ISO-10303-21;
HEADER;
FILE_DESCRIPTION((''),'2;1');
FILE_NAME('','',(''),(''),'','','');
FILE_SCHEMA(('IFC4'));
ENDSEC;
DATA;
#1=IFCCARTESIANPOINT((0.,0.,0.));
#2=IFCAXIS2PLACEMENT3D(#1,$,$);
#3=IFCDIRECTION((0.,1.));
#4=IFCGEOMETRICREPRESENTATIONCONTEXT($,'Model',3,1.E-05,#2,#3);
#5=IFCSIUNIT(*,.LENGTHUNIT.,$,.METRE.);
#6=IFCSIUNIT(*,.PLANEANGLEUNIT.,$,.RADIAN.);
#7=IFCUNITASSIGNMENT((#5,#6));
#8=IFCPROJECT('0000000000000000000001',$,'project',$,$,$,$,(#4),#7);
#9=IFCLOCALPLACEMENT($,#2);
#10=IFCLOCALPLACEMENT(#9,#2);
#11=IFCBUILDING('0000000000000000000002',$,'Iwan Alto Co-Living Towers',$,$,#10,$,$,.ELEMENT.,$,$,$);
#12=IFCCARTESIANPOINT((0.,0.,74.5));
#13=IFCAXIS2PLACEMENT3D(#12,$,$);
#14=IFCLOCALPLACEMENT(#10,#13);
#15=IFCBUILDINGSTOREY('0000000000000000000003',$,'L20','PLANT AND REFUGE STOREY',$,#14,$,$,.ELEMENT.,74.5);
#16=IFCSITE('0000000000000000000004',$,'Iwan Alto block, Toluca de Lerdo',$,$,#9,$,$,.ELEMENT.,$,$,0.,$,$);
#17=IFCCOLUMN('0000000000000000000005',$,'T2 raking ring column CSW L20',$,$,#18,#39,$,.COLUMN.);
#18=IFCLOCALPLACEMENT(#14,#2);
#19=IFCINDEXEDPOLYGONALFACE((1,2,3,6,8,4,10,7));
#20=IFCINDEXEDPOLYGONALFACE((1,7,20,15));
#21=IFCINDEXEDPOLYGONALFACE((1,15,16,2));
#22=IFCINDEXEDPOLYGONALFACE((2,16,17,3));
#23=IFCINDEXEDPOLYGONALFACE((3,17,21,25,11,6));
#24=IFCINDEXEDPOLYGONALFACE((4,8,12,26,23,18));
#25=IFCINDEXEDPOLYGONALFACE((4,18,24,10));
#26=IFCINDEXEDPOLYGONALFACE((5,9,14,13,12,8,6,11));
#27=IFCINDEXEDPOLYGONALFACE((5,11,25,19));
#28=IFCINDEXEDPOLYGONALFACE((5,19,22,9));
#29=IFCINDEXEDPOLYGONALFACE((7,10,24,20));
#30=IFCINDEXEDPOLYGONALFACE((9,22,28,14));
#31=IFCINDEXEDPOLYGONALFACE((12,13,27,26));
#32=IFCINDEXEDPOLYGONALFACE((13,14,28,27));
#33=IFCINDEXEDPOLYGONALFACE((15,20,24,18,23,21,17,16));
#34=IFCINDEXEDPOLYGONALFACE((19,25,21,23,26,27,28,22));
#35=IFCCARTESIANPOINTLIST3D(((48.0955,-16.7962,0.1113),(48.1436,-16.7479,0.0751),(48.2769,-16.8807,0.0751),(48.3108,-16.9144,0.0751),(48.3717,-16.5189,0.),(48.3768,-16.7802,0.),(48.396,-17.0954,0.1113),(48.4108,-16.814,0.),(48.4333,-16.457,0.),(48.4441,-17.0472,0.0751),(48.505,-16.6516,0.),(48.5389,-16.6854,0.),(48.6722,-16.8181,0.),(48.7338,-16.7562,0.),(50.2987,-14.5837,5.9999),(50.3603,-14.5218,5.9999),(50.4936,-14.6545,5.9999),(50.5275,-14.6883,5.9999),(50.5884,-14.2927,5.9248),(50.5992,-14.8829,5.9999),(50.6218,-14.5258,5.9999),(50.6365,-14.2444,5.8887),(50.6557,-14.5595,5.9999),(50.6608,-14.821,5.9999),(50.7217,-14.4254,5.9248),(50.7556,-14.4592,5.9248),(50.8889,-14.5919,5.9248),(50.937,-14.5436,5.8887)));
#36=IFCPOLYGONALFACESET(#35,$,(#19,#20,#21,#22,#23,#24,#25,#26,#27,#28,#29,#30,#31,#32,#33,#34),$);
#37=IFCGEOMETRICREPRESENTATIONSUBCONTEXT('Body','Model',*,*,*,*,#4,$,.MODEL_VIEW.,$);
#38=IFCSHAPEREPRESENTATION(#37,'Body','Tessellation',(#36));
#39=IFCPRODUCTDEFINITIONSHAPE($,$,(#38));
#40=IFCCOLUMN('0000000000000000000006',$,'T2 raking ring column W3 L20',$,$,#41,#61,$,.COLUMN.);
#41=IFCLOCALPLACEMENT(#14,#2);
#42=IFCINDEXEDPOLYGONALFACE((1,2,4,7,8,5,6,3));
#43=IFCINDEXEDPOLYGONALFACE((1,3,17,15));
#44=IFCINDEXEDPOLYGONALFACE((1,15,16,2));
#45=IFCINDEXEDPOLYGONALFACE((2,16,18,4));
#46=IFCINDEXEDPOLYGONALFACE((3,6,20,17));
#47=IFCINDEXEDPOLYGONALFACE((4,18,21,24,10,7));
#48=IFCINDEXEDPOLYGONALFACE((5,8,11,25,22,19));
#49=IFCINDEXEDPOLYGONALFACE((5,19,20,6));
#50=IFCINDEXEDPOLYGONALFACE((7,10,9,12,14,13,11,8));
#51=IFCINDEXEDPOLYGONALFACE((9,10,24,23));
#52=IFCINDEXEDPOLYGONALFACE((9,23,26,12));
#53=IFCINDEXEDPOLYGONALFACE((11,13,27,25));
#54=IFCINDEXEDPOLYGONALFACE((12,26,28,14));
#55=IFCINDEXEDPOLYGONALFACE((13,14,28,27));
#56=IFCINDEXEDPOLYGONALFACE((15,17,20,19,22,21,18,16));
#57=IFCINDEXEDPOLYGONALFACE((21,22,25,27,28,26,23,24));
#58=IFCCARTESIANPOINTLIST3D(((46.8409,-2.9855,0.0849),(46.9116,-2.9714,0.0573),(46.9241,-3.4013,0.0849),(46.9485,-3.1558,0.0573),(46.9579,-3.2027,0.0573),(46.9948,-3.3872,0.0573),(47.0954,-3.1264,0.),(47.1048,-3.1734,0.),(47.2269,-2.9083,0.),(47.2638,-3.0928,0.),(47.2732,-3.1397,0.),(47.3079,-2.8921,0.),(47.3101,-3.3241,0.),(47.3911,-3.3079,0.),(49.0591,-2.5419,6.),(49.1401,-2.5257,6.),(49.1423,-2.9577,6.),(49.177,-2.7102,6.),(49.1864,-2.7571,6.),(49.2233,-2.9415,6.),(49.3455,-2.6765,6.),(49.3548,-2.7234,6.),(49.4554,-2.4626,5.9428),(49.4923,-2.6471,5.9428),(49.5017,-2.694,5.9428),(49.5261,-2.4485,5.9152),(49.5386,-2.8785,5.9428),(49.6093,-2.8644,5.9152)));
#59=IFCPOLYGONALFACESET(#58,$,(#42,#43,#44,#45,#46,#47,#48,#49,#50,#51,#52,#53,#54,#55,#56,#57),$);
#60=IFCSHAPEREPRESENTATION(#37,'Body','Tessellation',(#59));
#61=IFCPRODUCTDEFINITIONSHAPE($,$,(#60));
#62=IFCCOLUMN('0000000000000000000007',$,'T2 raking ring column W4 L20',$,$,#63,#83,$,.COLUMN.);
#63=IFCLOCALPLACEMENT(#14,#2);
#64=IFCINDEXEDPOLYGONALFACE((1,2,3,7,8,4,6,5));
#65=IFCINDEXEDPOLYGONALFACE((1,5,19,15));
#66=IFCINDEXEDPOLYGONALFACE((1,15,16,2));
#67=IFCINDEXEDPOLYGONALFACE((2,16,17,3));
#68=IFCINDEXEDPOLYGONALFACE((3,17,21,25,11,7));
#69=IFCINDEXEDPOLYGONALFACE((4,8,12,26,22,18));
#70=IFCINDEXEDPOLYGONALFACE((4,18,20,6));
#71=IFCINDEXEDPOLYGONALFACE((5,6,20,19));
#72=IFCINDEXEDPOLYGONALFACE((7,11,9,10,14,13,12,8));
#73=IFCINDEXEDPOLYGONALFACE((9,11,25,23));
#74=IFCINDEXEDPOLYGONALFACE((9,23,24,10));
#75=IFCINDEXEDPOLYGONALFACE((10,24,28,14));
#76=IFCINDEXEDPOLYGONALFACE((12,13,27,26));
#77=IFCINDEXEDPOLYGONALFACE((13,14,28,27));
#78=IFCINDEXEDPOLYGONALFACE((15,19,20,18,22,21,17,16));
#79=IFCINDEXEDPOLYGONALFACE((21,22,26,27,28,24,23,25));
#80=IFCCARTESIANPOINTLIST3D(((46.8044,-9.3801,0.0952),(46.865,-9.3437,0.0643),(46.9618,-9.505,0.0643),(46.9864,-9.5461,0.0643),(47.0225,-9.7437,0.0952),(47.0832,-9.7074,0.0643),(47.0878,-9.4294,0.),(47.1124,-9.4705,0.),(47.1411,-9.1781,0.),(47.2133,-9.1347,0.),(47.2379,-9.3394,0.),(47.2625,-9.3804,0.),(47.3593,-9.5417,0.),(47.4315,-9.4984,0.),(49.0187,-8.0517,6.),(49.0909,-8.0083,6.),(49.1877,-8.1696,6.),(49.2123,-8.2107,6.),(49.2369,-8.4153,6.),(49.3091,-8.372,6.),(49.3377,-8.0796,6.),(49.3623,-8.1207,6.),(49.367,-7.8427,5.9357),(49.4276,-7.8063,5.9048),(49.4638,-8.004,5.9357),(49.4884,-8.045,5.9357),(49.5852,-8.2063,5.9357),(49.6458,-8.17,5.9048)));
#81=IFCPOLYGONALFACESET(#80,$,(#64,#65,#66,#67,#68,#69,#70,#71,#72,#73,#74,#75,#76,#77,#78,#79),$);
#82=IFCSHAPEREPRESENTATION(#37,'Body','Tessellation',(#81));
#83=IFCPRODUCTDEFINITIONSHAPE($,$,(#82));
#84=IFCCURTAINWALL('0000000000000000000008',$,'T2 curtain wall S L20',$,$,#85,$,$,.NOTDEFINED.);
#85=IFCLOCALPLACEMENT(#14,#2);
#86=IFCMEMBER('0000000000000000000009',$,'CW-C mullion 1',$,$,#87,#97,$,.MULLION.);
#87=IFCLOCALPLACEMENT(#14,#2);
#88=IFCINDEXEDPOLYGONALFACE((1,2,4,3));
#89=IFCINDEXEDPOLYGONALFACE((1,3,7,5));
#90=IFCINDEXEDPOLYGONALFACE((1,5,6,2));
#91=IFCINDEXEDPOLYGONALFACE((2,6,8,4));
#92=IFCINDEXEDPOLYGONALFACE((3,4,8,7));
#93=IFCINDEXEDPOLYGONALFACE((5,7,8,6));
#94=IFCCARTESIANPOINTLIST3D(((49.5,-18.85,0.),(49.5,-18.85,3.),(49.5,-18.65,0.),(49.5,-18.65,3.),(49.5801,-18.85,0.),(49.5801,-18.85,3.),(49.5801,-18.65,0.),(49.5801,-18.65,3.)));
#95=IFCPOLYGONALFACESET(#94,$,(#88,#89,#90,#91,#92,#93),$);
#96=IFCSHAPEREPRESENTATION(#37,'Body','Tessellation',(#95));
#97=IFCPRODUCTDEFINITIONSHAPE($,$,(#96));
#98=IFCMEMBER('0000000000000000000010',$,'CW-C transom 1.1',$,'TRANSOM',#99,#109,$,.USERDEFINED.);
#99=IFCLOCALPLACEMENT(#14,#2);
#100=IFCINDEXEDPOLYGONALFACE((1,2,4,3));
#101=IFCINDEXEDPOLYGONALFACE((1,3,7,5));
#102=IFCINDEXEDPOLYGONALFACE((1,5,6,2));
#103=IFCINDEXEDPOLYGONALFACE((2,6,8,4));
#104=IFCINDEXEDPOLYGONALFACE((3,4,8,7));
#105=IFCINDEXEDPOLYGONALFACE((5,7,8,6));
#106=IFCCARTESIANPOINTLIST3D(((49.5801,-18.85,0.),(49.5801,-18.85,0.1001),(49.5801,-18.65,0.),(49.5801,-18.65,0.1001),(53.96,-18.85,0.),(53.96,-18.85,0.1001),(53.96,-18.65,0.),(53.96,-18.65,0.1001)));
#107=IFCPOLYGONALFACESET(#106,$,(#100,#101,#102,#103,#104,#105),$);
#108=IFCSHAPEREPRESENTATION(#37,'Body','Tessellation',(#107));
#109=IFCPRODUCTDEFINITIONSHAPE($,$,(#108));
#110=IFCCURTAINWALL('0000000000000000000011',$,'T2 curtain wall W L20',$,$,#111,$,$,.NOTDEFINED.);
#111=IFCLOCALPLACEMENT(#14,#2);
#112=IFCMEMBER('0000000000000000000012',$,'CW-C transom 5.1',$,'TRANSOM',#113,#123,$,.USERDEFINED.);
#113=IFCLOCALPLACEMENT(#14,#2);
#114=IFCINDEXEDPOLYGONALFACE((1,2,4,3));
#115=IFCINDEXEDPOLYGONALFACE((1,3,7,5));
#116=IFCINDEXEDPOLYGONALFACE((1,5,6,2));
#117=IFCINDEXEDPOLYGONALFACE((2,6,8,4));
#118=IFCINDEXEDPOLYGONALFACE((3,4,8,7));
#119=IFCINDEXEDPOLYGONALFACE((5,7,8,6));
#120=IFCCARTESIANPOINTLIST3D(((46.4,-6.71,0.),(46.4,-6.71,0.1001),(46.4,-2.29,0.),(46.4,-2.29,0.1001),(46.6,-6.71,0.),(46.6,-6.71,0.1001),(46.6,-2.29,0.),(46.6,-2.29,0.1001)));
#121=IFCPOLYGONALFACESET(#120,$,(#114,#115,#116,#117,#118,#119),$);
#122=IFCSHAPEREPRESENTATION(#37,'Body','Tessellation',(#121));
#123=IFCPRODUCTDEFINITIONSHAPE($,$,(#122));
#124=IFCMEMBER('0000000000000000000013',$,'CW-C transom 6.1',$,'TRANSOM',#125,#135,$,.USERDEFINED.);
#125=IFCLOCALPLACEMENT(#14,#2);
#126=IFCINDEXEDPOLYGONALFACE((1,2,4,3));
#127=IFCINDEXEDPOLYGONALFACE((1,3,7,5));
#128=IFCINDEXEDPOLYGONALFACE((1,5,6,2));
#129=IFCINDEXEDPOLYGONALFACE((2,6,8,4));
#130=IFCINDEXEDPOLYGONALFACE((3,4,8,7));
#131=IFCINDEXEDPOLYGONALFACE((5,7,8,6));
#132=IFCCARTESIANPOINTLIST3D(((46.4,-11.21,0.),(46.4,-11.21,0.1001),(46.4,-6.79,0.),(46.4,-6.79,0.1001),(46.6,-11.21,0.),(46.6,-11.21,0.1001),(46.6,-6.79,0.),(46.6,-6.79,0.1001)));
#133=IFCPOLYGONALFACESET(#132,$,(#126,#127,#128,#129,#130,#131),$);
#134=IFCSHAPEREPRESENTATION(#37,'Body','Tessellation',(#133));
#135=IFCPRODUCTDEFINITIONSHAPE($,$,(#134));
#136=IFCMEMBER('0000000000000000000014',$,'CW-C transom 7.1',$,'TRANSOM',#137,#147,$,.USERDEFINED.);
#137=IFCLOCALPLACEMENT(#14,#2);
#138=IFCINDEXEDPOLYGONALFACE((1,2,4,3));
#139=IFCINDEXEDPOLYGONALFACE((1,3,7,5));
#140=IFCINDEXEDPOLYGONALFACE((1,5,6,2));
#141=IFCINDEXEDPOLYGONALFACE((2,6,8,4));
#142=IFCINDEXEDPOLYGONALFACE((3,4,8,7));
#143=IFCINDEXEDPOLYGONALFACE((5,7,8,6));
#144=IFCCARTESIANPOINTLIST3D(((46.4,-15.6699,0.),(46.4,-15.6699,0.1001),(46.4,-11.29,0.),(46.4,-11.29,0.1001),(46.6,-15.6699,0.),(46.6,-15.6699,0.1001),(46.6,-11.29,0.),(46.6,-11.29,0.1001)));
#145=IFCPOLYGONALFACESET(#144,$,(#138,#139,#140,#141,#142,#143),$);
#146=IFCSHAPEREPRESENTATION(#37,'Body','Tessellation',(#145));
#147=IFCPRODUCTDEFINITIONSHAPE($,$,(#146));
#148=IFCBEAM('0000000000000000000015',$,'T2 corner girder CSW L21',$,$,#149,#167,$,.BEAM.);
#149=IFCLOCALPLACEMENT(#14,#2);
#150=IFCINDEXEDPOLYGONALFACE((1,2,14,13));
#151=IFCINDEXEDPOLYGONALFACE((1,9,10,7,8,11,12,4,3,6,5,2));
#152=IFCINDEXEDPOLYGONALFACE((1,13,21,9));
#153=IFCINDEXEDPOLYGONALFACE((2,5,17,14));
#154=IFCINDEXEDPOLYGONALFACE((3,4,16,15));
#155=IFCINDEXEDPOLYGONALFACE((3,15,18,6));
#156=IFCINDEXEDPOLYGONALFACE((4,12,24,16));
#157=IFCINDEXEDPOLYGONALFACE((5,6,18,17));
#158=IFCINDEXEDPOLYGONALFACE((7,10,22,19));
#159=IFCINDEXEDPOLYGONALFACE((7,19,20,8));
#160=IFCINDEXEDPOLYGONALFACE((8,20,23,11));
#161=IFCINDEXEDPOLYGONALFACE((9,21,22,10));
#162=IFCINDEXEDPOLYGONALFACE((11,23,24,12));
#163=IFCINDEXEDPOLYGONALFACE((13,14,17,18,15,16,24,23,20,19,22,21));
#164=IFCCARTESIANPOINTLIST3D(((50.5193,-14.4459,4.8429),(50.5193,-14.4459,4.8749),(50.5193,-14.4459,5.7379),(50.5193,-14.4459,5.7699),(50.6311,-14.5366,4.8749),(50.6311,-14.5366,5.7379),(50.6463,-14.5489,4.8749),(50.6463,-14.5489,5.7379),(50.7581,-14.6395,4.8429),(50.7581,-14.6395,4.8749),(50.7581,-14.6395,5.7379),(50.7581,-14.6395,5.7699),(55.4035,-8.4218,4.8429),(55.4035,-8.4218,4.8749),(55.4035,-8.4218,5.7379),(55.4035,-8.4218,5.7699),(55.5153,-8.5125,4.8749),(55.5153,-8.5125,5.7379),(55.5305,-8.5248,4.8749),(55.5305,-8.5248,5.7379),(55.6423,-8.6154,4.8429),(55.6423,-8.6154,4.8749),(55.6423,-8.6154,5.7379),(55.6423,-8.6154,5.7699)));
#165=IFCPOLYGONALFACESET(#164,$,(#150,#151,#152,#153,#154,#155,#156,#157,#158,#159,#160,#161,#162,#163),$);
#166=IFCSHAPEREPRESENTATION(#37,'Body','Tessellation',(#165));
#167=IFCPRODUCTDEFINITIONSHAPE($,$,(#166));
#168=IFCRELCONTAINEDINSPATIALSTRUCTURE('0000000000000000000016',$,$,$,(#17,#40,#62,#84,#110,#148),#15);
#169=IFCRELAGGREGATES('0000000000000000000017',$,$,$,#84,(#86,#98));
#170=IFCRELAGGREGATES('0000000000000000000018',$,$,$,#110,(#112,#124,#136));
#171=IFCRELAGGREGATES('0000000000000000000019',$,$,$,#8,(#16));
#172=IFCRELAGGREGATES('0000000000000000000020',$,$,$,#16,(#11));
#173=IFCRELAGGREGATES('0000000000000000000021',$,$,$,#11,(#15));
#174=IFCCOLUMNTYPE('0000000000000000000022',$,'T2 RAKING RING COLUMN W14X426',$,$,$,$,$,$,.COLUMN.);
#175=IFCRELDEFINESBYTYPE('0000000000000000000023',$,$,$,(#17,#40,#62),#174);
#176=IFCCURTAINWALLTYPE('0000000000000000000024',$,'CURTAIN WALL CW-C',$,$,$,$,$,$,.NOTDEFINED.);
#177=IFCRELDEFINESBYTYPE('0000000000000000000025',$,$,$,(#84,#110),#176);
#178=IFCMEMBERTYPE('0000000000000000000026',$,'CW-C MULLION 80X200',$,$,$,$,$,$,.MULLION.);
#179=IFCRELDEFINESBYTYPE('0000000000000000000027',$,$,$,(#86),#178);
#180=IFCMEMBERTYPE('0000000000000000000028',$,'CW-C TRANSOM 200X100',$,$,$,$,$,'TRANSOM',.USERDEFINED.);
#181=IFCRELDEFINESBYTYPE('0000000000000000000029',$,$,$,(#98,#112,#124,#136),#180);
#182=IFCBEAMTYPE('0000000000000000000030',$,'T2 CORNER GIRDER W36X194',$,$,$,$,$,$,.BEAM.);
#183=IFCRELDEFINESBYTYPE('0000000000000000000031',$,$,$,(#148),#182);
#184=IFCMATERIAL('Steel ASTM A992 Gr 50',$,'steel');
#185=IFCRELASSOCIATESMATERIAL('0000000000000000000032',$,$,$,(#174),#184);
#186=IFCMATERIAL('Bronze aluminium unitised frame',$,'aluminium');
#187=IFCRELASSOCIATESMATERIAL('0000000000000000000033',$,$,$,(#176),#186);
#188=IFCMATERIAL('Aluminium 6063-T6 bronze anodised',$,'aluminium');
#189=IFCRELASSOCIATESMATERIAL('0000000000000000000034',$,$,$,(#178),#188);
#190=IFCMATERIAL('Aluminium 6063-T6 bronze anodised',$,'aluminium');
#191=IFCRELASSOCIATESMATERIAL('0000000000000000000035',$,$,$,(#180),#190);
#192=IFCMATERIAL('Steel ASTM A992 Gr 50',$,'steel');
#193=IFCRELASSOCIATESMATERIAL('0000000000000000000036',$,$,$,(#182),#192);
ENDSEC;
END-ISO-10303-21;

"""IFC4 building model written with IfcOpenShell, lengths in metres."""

from ifc_helpers import new_model, si_unit, direction, frame, origin, origin_2d, place, context, subcontext, project, spatial, rectangle, i_section, extrude, clip, halfspace, material, material_profile, profile_set, type_object, element, aggregate, save


model = new_model("IFC4")

# Units and contexts
model_context = context("Model", 3, precision=1e-05, world=origin(), true_north=direction((0.0, 1.0)))
body_context = subcontext(model_context, "Body", "Model", "MODEL_VIEW")
ifc_project = project(units=[si_unit("LENGTHUNIT", "METRE"), si_unit("PLANEANGLEUNIT", "RADIAN")], contexts=[model_context])

# Site, building, storey
site_placement = place(None, origin())
site = spatial("IfcSite", under=ifc_project, at=site_placement, Name="Iwan Alto block, Toluca de Lerdo", CompositionType="ELEMENT", RefElevation=0.0)
building_placement = place(site_placement, origin())
building = spatial("IfcBuilding", under=site, at=building_placement, Name="Iwan Alto Co-Living Towers", CompositionType="ELEMENT")
storey_placement = place(building_placement, frame((0.0, 0.0, 74.5)))
storey = spatial("IfcBuildingStorey", under=building, at=storey_placement, Name="L20", Description="PLANT AND REFUGE STOREY", CompositionType="ELEMENT", Elevation=74.5)

# Columns
ifc_material_1 = material(Name="Steel ASTM A992 Gr 50", Category="steel")
ifc_material_profile_1 = material_profile(ifc_material_1, i_section(OverallWidth=0.4241, OverallDepth=0.4751, WebThickness=0.0479, FlangeThickness=0.0771, at=origin_2d()), Name="W14X426")
ifc_profile_set_1 = profile_set([ifc_material_profile_1], Name="Steel ASTM A992 Gr 50")
column_type = type_object("IfcColumnType", Name="T2 RAKING RING COLUMN W14X426", PredefinedType="COLUMN", material=ifc_profile_set_1)
column_1_placement = place(storey_placement, frame((48.3938, -16.7971, 0.0), z_axis=(0.330551, 0.331953, 0.883483), x_axis=(-0.708602, 0.705609, 0.0)))
element("IfcColumn", 1, at=column_1_placement, inside=storey, type_object=column_type, Name="T2 raking ring column CSW L20", PredefinedType="COLUMN", context=body_context, shape_type="Clipping", body=[
    clip(clip(extrude(i_section(OverallWidth=0.4241, OverallDepth=0.4751, WebThickness=0.0479, FlangeThickness=0.0771, at=origin_2d()), origin(), (0.0, 0.0, 1.0), 6.7913), halfspace(frame((0.0, 0.0, 0.0), z_axis=(0.0, -0.468463, -0.883483), x_axis=(-0.708602, -0.623394, 0.330551)), False)), halfspace(frame((0.0, 2.8108, 5.3008), z_axis=(0.0, 0.468463, 0.883483), x_axis=(-0.708602, -0.623394, 0.330551)), False)),
])
column_2_placement = place(storey_placement, frame((47.1001, -3.1499, 0.0), z_axis=(0.350261, 0.070045, 0.934029), x_axis=(-0.196096, 0.980585, 0.0)))
element("IfcColumn", 2, at=column_2_placement, inside=storey, type_object=column_type, Name="T2 raking ring column W3 L20", PredefinedType="COLUMN", context=body_context, shape_type="Clipping", body=[
    clip(clip(extrude(i_section(OverallWidth=0.4241, OverallDepth=0.4751, WebThickness=0.0479, FlangeThickness=0.0771, at=origin_2d()), origin(), (0.0, 0.0, 1.0), 6.4238), halfspace(frame((0.0, 0.0, 0.0), z_axis=(0.0, -0.357196, -0.934029), x_axis=(-0.196096, -0.915895, 0.350261)), False)), halfspace(frame((0.0, 2.1431, 5.6042), z_axis=(0.0, 0.357196, 0.934029), x_axis=(-0.196096, -0.915895, 0.350261)), False)),
])
column_3_placement = place(storey_placement, frame((47.1001, -9.45, 0.0), z_axis=(0.343583, 0.206128, 0.916222), x_axis=(-0.514455, 0.857518, 0.0)))
element("IfcColumn", 3, at=column_3_placement, inside=storey, type_object=column_type, Name="T2 raking ring column W4 L20", PredefinedType="COLUMN", context=body_context, shape_type="Clipping", body=[
    clip(clip(extrude(i_section(OverallWidth=0.4241, OverallDepth=0.4751, WebThickness=0.0479, FlangeThickness=0.0771, at=origin_2d()), origin(), (0.0, 0.0, 1.0), 6.5486), halfspace(frame((0.0, 0.0, 0.0), z_axis=(0.0, -0.400672, -0.916222), x_axis=(-0.514455, -0.785676, 0.343583)), False)), halfspace(frame((0.0, 2.4041, 5.4973), z_axis=(0.0, 0.400672, 0.916222), x_axis=(-0.514455, -0.785676, 0.343583)), False)),
])

# Curtain walls, members
ifc_material_2 = material(Name="Bronze aluminium unitised frame", Category="aluminium")
curtain_wall_type = type_object("IfcCurtainWallType", Name="CURTAIN WALL CW-C", PredefinedType="NOTDEFINED", material=ifc_material_2)
curtain_wall_1_placement = place(storey_placement, origin())
curtain_wall_1 = element("IfcCurtainWall", 4, at=curtain_wall_1_placement, inside=storey, type_object=curtain_wall_type, Name="T2 curtain wall S L20", PredefinedType="NOTDEFINED")
ifc_material_3 = material(Name="Aluminium 6063-T6 bronze anodised", Category="aluminium")
ifc_material_profile_2 = material_profile(ifc_material_3, rectangle(XDim=0.2, YDim=0.0801, at=origin_2d()), Name="AL 80X200")
ifc_profile_set_2 = profile_set([ifc_material_profile_2], Name="Aluminium 6063-T6 bronze anodised")
member_type_1 = type_object("IfcMemberType", Name="CW-C MULLION 80X200", PredefinedType="MULLION", material=ifc_profile_set_2)
member_1_placement = place(storey_placement, frame((49.54, -18.75, 0.0), z_axis=(0.0, 0.0, 1.0), x_axis=(0.0, 1.0, 0.0)))
member_1 = element("IfcMember", 5, at=member_1_placement, type_object=member_type_1, Name="CW-C mullion 1", PredefinedType="MULLION", context=body_context, shape_type="SweptSolid", body=[
    extrude(rectangle(XDim=0.2, YDim=0.0801, at=origin_2d()), origin(), (0.0, 0.0, 1.0), 3.0),
])
ifc_material_4 = material(Name="Aluminium 6063-T6 bronze anodised", Category="aluminium")
ifc_material_profile_3 = material_profile(ifc_material_4, rectangle(XDim=0.2, YDim=0.1001, at=origin_2d()), Name="AL 200X100")
ifc_profile_set_3 = profile_set([ifc_material_profile_3], Name="Aluminium 6063-T6 bronze anodised")
member_type_2 = type_object("IfcMemberType", Name="CW-C TRANSOM 200X100", ElementType="TRANSOM", PredefinedType="USERDEFINED", material=ifc_profile_set_3)
member_2_placement = place(storey_placement, frame((49.5801, -18.75, 0.05), z_axis=(1.0, 0.0, 0.0), x_axis=(0.0, 1.0, 0.0)))
member_2 = element("IfcMember", 6, at=member_2_placement, type_object=member_type_2, Name="CW-C transom 1.1", ObjectType="TRANSOM", PredefinedType="USERDEFINED", context=body_context, shape_type="SweptSolid", body=[
    extrude(rectangle(XDim=0.2, YDim=0.1001, at=origin_2d()), origin(), (0.0, 0.0, 1.0), 4.3799),
])
curtain_wall_2_placement = place(storey_placement, origin())
curtain_wall_2 = element("IfcCurtainWall", 7, at=curtain_wall_2_placement, inside=storey, type_object=curtain_wall_type, Name="T2 curtain wall W L20", PredefinedType="NOTDEFINED")
member_3_placement = place(storey_placement, frame((46.5, -2.29, 0.05), z_axis=(0.0, -1.0, 0.0), x_axis=(1.0, 0.0, 0.0)))
member_3 = element("IfcMember", 8, at=member_3_placement, type_object=member_type_2, Name="CW-C transom 5.1", ObjectType="TRANSOM", PredefinedType="USERDEFINED", context=body_context, shape_type="SweptSolid", body=[
    extrude(rectangle(XDim=0.2, YDim=0.1001, at=origin_2d()), origin(), (0.0, 0.0, 1.0), 4.4199),
])
member_4_placement = place(storey_placement, frame((46.5, -6.79, 0.05), z_axis=(0.0, -1.0, 0.0), x_axis=(1.0, 0.0, 0.0)))
member_4 = element("IfcMember", 9, at=member_4_placement, type_object=member_type_2, Name="CW-C transom 6.1", ObjectType="TRANSOM", PredefinedType="USERDEFINED", context=body_context, shape_type="SweptSolid", body=[
    extrude(rectangle(XDim=0.2, YDim=0.1001, at=origin_2d()), origin(), (0.0, 0.0, 1.0), 4.4199),
])
member_5_placement = place(storey_placement, frame((46.5, -11.29, 0.05), z_axis=(0.0, -1.0, 0.0), x_axis=(1.0, 0.0, 0.0)))
member_5 = element("IfcMember", 10, at=member_5_placement, type_object=member_type_2, Name="CW-C transom 7.1", ObjectType="TRANSOM", PredefinedType="USERDEFINED", context=body_context, shape_type="SweptSolid", body=[
    extrude(rectangle(XDim=0.2, YDim=0.1001, at=origin_2d()), origin(), (0.0, 0.0, 1.0), 4.3799),
])

# Beam
ifc_material_5 = material(Name="Steel ASTM A992 Gr 50", Category="steel")
ifc_material_profile_4 = material_profile(ifc_material_5, i_section(OverallWidth=0.3074, OverallDepth=0.927, WebThickness=0.0195, FlangeThickness=0.032, at=origin_2d()), Name="W36X194")
ifc_profile_set_4 = profile_set([ifc_material_profile_4], Name="Steel ASTM A992 Gr 50")
beam_type_1 = type_object("IfcBeamType", Name="T2 CORNER GIRDER W36X194", PredefinedType="BEAM", material=ifc_profile_set_4)
beam_1_placement = place(storey_placement, frame((50.6387, -14.5427, 5.3064), z_axis=(0.629788, 0.776767, 0.0), x_axis=(-0.776767, 0.629788, 0.0)))
element("IfcBeam", 11, at=beam_1_placement, inside=storey, type_object=beam_type_1, Name="T2 corner girder CSW L21", PredefinedType="BEAM", context=body_context, shape_type="SweptSolid", body=[
    extrude(i_section(OverallWidth=0.3074, OverallDepth=0.927, WebThickness=0.0195, FlangeThickness=0.032, at=origin_2d()), origin(), (0.0, 0.0, 1.0), 7.7554),
])

aggregate(curtain_wall_1, [member_1, member_2])
aggregate(curtain_wall_2, [member_3, member_4, member_5])

save(model, "model.ifc")
